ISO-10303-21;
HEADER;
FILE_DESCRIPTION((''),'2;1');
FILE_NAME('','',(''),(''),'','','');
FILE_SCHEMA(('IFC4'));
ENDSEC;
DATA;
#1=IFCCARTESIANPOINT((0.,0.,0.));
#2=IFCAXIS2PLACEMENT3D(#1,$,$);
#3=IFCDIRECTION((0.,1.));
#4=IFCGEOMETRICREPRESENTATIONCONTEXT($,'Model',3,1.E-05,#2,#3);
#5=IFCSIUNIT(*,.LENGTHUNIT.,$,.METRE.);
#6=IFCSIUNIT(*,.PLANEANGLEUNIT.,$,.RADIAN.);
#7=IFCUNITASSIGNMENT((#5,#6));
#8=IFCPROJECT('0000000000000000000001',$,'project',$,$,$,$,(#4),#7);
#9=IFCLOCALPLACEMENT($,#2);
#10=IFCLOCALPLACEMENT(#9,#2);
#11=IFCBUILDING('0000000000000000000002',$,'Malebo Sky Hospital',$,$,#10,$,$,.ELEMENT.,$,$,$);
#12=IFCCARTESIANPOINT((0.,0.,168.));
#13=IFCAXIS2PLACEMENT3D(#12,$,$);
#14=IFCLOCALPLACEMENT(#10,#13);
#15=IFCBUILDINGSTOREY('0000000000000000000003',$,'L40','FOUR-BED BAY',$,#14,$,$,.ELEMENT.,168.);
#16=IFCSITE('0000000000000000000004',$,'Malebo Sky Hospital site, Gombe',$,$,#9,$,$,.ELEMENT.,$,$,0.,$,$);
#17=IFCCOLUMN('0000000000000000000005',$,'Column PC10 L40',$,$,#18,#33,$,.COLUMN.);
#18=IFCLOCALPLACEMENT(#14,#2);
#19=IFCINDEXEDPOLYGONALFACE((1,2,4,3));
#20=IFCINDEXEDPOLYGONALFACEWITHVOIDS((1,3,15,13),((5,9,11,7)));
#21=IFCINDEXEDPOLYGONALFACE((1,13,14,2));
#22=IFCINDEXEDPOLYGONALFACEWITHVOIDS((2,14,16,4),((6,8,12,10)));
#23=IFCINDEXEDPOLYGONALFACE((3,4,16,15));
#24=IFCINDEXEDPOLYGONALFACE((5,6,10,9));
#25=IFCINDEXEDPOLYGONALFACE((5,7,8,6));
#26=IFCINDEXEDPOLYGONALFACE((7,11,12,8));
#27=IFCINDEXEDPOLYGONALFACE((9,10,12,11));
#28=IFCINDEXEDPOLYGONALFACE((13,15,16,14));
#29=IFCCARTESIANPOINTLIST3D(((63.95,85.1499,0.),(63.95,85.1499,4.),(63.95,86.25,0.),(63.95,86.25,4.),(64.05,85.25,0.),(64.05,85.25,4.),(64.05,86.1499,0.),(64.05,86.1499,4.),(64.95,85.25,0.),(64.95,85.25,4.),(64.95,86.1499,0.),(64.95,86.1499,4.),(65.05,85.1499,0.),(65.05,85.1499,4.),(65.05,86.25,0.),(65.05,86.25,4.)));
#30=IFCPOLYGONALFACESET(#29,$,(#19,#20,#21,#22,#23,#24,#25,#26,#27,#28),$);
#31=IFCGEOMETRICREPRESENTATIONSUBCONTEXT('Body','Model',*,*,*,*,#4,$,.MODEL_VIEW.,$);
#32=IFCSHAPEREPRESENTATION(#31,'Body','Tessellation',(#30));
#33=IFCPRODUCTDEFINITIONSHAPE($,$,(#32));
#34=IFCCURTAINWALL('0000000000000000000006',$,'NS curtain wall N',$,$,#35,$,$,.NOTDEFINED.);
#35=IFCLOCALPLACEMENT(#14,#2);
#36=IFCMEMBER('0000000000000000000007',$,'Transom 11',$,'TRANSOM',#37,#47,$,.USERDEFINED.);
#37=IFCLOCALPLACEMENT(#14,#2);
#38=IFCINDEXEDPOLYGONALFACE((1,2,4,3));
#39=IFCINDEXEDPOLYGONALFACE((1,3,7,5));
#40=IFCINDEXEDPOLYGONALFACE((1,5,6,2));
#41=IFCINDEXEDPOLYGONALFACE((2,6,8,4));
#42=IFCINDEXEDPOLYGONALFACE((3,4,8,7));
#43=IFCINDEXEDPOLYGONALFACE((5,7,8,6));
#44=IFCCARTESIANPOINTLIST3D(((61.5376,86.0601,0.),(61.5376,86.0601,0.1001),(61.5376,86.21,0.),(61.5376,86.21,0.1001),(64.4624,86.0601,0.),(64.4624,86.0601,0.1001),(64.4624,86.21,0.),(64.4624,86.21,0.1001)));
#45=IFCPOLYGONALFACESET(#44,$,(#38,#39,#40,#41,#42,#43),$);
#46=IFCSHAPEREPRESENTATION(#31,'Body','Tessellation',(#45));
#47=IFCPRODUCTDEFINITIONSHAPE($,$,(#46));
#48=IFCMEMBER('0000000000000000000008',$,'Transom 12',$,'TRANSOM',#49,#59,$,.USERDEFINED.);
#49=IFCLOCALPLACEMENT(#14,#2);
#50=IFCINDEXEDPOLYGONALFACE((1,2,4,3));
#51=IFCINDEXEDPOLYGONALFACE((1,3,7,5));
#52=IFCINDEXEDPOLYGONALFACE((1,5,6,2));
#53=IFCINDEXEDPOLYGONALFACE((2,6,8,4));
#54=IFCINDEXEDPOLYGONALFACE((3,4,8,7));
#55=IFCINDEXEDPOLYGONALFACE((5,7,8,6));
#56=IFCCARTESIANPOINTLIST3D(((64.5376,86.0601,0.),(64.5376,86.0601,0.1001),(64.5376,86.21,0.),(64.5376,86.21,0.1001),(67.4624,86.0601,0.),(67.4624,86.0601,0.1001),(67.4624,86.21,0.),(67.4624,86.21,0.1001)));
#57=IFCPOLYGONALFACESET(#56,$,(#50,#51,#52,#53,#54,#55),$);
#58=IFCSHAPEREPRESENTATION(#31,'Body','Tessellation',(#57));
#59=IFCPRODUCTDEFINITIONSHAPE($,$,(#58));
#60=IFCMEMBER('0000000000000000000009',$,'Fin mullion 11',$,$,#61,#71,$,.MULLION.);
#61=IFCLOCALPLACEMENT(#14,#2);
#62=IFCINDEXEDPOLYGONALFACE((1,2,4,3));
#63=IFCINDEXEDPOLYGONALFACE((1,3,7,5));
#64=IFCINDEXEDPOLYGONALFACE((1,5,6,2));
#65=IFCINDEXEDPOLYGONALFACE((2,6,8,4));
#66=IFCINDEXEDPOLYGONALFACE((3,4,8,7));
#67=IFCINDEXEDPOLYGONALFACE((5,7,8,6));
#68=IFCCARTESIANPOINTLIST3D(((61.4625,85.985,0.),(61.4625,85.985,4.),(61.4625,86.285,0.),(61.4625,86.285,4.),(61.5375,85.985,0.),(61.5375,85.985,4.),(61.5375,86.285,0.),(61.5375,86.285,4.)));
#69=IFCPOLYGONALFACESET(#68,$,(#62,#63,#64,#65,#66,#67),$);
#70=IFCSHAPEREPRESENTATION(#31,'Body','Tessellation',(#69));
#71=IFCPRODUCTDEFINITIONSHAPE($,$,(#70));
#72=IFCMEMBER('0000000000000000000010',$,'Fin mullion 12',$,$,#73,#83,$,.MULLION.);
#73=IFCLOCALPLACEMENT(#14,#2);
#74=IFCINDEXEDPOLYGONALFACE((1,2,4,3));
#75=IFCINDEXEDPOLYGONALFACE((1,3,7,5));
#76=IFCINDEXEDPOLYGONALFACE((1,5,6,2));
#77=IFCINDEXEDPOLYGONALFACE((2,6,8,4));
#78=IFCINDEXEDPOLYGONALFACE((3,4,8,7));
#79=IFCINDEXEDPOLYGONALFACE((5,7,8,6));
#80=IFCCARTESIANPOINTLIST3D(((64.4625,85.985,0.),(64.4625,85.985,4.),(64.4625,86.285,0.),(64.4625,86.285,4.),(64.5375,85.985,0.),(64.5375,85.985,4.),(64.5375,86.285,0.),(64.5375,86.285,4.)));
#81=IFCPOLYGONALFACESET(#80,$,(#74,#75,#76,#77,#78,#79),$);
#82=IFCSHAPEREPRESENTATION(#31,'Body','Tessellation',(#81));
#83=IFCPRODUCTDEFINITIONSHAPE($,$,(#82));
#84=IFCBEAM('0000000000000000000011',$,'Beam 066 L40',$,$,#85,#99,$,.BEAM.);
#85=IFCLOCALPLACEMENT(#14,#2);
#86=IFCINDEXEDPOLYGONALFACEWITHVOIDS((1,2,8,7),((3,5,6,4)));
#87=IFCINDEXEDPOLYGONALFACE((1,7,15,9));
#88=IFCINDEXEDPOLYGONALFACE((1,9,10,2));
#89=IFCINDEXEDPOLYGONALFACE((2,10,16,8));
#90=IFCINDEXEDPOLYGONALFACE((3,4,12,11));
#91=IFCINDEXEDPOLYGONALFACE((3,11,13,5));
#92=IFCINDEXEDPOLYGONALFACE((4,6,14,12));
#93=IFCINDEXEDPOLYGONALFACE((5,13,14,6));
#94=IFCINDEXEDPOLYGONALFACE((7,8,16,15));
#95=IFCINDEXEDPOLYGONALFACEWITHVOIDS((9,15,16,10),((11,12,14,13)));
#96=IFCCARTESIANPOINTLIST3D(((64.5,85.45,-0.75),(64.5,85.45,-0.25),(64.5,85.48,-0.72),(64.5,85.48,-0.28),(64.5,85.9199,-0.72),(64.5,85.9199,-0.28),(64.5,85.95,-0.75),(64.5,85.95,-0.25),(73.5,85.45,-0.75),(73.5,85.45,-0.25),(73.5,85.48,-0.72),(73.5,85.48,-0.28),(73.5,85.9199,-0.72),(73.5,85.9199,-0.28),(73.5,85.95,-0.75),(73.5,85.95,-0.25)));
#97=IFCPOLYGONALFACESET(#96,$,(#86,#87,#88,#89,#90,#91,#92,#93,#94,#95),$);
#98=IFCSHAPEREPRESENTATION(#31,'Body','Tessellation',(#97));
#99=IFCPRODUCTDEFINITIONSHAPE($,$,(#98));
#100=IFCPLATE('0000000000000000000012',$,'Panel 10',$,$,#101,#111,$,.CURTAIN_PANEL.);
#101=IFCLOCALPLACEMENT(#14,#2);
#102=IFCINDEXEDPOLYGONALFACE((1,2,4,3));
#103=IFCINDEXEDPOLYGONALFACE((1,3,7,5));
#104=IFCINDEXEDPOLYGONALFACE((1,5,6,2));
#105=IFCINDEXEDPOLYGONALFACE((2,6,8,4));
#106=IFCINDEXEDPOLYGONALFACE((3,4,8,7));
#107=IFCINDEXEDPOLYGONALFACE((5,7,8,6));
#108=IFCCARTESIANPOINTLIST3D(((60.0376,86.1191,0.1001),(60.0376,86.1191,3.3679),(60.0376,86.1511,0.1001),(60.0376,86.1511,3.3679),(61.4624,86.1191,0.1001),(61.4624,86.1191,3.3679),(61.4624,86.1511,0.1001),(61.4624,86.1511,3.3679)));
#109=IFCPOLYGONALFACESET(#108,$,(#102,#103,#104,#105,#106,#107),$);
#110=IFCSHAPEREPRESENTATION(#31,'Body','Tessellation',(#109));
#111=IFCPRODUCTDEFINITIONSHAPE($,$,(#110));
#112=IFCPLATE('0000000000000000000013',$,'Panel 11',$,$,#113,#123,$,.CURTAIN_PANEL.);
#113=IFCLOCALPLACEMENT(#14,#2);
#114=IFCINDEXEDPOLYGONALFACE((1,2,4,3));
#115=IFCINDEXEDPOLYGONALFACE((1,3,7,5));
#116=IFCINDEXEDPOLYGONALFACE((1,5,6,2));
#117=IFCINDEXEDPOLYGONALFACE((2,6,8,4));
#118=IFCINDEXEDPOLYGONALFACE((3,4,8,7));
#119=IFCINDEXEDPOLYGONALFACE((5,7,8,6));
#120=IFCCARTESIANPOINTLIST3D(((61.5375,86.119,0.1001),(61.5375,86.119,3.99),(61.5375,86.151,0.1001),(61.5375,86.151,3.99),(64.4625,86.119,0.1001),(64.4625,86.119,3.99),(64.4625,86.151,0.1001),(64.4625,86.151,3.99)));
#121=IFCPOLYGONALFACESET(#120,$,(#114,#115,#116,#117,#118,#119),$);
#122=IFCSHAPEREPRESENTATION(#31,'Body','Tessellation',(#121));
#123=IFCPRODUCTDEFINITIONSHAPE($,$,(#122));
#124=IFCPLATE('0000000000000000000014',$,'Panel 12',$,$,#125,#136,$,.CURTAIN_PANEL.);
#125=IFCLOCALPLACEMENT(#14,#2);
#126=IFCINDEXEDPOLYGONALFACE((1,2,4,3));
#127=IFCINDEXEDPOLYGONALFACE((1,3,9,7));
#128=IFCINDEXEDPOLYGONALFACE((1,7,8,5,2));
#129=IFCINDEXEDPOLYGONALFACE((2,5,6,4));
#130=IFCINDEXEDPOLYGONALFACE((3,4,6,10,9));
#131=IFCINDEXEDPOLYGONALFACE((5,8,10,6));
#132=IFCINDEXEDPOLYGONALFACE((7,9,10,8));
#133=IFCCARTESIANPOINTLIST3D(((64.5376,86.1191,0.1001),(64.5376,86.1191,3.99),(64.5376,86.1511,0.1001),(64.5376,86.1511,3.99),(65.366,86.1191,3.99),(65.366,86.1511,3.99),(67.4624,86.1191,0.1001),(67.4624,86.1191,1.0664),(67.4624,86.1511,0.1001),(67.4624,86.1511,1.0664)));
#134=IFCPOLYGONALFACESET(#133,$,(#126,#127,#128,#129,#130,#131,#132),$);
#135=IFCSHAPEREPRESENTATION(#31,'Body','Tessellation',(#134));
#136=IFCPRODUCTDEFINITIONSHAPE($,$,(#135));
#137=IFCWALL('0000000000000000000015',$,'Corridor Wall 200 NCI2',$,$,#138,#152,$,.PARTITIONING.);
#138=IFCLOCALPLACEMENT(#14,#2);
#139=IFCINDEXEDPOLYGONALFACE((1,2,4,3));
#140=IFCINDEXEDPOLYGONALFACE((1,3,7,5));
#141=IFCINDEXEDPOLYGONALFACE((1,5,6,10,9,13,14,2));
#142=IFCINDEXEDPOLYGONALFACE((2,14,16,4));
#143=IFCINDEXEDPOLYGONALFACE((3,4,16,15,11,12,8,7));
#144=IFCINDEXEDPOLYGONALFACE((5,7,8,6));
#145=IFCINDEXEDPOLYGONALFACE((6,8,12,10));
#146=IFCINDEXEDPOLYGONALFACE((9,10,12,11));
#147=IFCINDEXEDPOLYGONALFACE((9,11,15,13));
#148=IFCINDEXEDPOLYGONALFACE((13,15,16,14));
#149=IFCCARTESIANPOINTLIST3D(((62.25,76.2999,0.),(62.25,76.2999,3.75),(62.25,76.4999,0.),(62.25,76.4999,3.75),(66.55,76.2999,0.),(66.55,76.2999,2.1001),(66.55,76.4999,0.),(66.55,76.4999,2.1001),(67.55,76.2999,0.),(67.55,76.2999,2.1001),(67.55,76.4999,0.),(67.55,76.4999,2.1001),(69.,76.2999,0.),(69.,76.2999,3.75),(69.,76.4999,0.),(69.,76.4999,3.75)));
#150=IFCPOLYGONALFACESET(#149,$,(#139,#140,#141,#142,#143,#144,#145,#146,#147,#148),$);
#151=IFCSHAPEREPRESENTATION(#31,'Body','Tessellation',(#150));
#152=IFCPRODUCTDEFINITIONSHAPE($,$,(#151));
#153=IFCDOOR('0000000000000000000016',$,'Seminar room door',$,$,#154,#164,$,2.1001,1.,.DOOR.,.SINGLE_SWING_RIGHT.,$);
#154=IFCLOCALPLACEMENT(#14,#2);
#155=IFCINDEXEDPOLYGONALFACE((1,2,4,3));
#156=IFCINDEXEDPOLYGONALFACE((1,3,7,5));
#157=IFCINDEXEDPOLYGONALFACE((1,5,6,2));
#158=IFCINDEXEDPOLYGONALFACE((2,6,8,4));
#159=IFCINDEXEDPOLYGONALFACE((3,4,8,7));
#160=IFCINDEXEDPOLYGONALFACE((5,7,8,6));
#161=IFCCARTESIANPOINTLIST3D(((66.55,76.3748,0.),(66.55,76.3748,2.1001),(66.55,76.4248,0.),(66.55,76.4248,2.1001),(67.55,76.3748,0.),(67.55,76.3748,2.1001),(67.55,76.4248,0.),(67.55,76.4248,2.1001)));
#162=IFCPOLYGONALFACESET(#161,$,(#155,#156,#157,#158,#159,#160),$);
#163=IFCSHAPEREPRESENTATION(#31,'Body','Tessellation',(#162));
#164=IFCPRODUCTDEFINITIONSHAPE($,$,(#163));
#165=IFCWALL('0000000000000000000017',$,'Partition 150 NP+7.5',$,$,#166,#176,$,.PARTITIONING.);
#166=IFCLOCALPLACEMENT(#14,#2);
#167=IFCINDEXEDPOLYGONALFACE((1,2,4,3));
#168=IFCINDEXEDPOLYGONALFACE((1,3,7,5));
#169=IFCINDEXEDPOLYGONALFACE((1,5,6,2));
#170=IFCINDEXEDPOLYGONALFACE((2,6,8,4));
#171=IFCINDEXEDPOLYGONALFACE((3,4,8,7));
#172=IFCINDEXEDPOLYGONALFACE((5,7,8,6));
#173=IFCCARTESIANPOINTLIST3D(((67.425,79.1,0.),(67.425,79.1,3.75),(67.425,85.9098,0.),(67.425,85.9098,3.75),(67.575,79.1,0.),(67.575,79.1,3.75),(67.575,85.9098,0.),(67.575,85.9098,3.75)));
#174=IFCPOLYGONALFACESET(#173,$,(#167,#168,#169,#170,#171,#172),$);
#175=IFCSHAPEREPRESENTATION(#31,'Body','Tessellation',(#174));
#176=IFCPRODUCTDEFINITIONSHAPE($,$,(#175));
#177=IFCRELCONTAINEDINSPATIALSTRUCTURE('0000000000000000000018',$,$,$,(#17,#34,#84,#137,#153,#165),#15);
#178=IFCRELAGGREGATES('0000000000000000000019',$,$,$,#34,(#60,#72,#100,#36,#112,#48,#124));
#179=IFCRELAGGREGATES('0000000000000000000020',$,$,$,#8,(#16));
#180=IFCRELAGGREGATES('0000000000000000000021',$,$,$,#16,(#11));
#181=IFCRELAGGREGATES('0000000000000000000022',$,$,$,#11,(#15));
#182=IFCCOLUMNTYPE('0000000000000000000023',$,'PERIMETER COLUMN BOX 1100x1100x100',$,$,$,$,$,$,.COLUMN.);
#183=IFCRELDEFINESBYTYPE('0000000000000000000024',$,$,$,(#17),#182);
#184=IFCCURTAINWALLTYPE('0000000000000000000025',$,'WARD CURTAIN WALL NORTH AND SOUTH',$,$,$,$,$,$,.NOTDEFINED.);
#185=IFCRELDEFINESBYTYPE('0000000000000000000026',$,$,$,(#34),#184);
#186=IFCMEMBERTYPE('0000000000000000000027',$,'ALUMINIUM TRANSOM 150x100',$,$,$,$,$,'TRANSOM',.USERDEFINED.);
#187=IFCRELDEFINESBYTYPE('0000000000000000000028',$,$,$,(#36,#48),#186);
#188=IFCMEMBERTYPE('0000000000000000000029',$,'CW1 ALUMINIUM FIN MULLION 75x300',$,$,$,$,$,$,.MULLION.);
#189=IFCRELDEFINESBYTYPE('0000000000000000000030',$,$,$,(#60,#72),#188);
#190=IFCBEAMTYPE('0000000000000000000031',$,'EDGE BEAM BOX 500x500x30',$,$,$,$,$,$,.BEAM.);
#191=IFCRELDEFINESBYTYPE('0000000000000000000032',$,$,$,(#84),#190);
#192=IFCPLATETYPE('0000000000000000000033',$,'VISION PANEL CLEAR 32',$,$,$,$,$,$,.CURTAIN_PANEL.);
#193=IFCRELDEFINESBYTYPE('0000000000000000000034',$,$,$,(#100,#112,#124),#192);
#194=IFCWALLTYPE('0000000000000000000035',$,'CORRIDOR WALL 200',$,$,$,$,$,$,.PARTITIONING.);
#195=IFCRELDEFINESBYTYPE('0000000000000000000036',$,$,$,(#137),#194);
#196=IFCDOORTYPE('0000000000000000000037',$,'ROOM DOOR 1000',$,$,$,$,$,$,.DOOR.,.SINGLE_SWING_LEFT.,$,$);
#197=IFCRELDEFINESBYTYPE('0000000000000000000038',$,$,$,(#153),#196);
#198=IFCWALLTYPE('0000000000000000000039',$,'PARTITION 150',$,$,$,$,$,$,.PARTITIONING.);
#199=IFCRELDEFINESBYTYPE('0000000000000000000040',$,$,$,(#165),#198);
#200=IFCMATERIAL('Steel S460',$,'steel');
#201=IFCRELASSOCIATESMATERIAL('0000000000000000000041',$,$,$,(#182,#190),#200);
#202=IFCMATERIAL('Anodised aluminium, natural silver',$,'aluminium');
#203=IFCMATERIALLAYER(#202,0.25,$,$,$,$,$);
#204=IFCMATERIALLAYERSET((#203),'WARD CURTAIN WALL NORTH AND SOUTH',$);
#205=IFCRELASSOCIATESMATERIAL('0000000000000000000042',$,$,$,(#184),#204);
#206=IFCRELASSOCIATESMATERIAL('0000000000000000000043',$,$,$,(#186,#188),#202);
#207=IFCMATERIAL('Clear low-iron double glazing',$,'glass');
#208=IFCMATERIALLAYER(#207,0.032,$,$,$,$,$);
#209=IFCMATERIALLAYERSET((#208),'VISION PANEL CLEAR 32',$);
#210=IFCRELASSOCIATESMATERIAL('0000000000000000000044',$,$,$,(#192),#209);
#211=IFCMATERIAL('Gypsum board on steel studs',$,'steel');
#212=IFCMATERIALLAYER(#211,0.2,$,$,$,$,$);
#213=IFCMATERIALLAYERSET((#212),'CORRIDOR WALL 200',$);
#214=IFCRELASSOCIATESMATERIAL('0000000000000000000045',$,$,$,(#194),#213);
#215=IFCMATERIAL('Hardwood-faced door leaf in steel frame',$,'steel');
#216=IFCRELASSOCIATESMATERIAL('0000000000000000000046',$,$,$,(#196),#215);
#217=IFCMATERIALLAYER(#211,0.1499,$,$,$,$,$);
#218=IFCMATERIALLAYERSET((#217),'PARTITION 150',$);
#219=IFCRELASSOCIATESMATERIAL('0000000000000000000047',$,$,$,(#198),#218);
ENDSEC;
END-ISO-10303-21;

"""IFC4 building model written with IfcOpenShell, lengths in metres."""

from ifc_helpers import new_model, si_unit, direction, frame, frame_2d, origin, origin_2d, place, context, subcontext, project, spatial, polyline, rectangle, hollow_rectangle, outline, extrude, material, layer, layer_set, material_profile, profile_set, type_object, element, fill, aggregate, save


model = new_model("IFC4")

# Units and contexts
model_context = context("Model", 3, precision=1e-05, world=origin(), true_north=direction((0.0, 1.0)))
body_context = subcontext(model_context, "Body", "Model", "MODEL_VIEW")
ifc_project = project(units=[si_unit("LENGTHUNIT", "METRE"), si_unit("PLANEANGLEUNIT", "RADIAN")], contexts=[model_context])

# Site, building, storey
site_placement = place(None, origin())
site = spatial("IfcSite", under=ifc_project, at=site_placement, Name="Malebo Sky Hospital site, Gombe", CompositionType="ELEMENT", RefElevation=0.0)
building_placement = place(site_placement, origin())
building = spatial("IfcBuilding", under=site, at=building_placement, Name="Malebo Sky Hospital", CompositionType="ELEMENT")
storey_placement = place(building_placement, frame((0.0, 0.0, 168.0)))
storey = spatial("IfcBuildingStorey", under=building, at=storey_placement, Name="L40", Description="FOUR-BED BAY", CompositionType="ELEMENT", Elevation=168.0)

# Column
ifc_material_1 = material(Name="Steel S460", Category="steel")
ifc_material_profile_1 = material_profile(ifc_material_1, hollow_rectangle(XDim=1.1001, YDim=1.1001, WallThickness=0.1001, at=origin_2d()), Name="BOX 1100x1100x100")
ifc_profile_set_1 = profile_set([ifc_material_profile_1], Name="Steel S460")
column_type = type_object("IfcColumnType", Name="PERIMETER COLUMN BOX 1100x1100x100", PredefinedType="COLUMN", material=ifc_profile_set_1)
column_placement = place(storey_placement, frame((64.5, 85.7, 0.0), z_axis=(0.0, 0.0, 1.0), x_axis=(1.0, 0.0, 0.0)))
element("IfcColumn", 1, at=column_placement, inside=storey, type_object=column_type, Name="Column PC10 L40", PredefinedType="COLUMN", context=body_context, shape_type="SweptSolid", body=[
    extrude(hollow_rectangle(XDim=1.1001, YDim=1.1001, WallThickness=0.1001, at=origin_2d()), origin(), (0.0, 0.0, 1.0), 4.0),
])

# Curtain wall, members
ifc_material_2 = material(Name="Anodised aluminium, natural silver", Category="aluminium")
ifc_layer_1 = layer(ifc_material_2, 0.25)
ifc_layer_set_1 = layer_set([ifc_layer_1], Name="WARD CURTAIN WALL NORTH AND SOUTH")
curtain_wall_type = type_object("IfcCurtainWallType", Name="WARD CURTAIN WALL NORTH AND SOUTH", PredefinedType="NOTDEFINED", material=ifc_layer_set_1)
curtain_wall_placement = place(storey_placement, origin())
curtain_wall = element("IfcCurtainWall", 2, at=curtain_wall_placement, inside=storey, type_object=curtain_wall_type, Name="NS curtain wall N", PredefinedType="NOTDEFINED")
ifc_material_profile_2 = material_profile(ifc_material_2, rectangle(XDim=0.1499, YDim=0.1001, at=origin_2d()), Name="ALUMINIUM TRANSOM 150x100")
ifc_profile_set_2 = profile_set([ifc_material_profile_2], Name="Anodised aluminium, natural silver")
member_type_1 = type_object("IfcMemberType", Name="ALUMINIUM TRANSOM 150x100", ElementType="TRANSOM", PredefinedType="USERDEFINED", material=ifc_profile_set_2)
member_1_placement = place(storey_placement, frame((61.5376, 86.135, 0.05), z_axis=(1.0, 0.0, 0.0), x_axis=(0.0, 1.0, 0.0)))
member_1 = element("IfcMember", 3, at=member_1_placement, type_object=member_type_1, Name="Transom 11", ObjectType="TRANSOM", PredefinedType="USERDEFINED", context=body_context, shape_type="SweptSolid", body=[
    extrude(rectangle(XDim=0.1499, YDim=0.1001, at=origin_2d()), origin(), (0.0, 0.0, 1.0), 2.9248),
])
member_2_placement = place(storey_placement, frame((64.5376, 86.135, 0.05), z_axis=(1.0, 0.0, 0.0), x_axis=(0.0, 1.0, 0.0)))
member_2 = element("IfcMember", 4, at=member_2_placement, type_object=member_type_1, Name="Transom 12", ObjectType="TRANSOM", PredefinedType="USERDEFINED", context=body_context, shape_type="SweptSolid", body=[
    extrude(rectangle(XDim=0.1499, YDim=0.1001, at=origin_2d()), origin(), (0.0, 0.0, 1.0), 2.9248),
])
ifc_material_profile_3 = material_profile(ifc_material_2, rectangle(XDim=0.075, YDim=0.3, at=origin_2d()), Name="CW1 ALUMINIUM FIN MULLION 75x300")
ifc_profile_set_3 = profile_set([ifc_material_profile_3], Name="Anodised aluminium, natural silver")
member_type_2 = type_object("IfcMemberType", Name="CW1 ALUMINIUM FIN MULLION 75x300", PredefinedType="MULLION", material=ifc_profile_set_3)
member_3_placement = place(storey_placement, frame((61.5, 86.135, 0.0), z_axis=(0.0, 0.0, 1.0), x_axis=(1.0, 0.0, 0.0)))
member_3 = element("IfcMember", 5, at=member_3_placement, type_object=member_type_2, Name="Fin mullion 11", PredefinedType="MULLION", context=body_context, shape_type="SweptSolid", body=[
    extrude(rectangle(XDim=0.075, YDim=0.3, at=origin_2d()), origin(), (0.0, 0.0, 1.0), 4.0),
])
member_4_placement = place(storey_placement, frame((64.5, 86.135, 0.0), z_axis=(0.0, 0.0, 1.0), x_axis=(1.0, 0.0, 0.0)))
member_4 = element("IfcMember", 6, at=member_4_placement, type_object=member_type_2, Name="Fin mullion 12", PredefinedType="MULLION", context=body_context, shape_type="SweptSolid", body=[
    extrude(rectangle(XDim=0.075, YDim=0.3, at=origin_2d()), origin(), (0.0, 0.0, 1.0), 4.0),
])

# Beam
ifc_material_profile_4 = material_profile(ifc_material_1, hollow_rectangle(XDim=0.5, YDim=0.5, WallThickness=0.03, at=origin_2d()), Name="BOX 500x500x30")
ifc_profile_set_4 = profile_set([ifc_material_profile_4], Name="Steel S460")
beam_type = type_object("IfcBeamType", Name="EDGE BEAM BOX 500x500x30", PredefinedType="BEAM", material=ifc_profile_set_4)
beam_placement = place(storey_placement, frame((64.5, 85.7, -0.5), z_axis=(1.0, 0.0, 0.0), x_axis=(0.0, 1.0, 0.0)))
element("IfcBeam", 7, at=beam_placement, inside=storey, type_object=beam_type, Name="Beam 066 L40", PredefinedType="BEAM", context=body_context, shape_type="SweptSolid", body=[
    extrude(hollow_rectangle(XDim=0.5, YDim=0.5, WallThickness=0.03, at=origin_2d()), origin(), (0.0, 0.0, 1.0), 9.0),
])

# Plates
ifc_material_3 = material(Name="Clear low-iron double glazing", Category="glass")
ifc_layer_2 = layer(ifc_material_3, 0.032)
ifc_layer_set_2 = layer_set([ifc_layer_2], Name="VISION PANEL CLEAR 32")
plate_type = type_object("IfcPlateType", Name="VISION PANEL CLEAR 32", PredefinedType="CURTAIN_PANEL", material=ifc_layer_set_2)
plate_1_placement = place(storey_placement, frame((60.75, 86.135, 0.1001), z_axis=(0.0, 0.0, 1.0), x_axis=(1.0, 0.0, 0.0)))
plate_1 = element("IfcPlate", 8, at=plate_1_placement, type_object=plate_type, Name="Panel 10", PredefinedType="CURTAIN_PANEL", context=body_context, shape_type="SweptSolid", body=[
    extrude(outline(polyline([(-0.7124, 0.0), (0.7124, 0.0), (0.7124, 3.2678), (-0.7124, 3.2678), (-0.7124, 0.0)])), frame((0.0, 0.0161, 0.0), z_axis=(0.0, -1.0, 0.0), x_axis=(1.0, 0.0, 0.0)), (0.0, 0.0, 1.0), 0.032),
])
plate_2_placement = place(storey_placement, frame((63.0, 86.135, 0.1001), z_axis=(0.0, 0.0, 1.0), x_axis=(1.0, 0.0, 0.0)))
plate_2 = element("IfcPlate", 9, at=plate_2_placement, type_object=plate_type, Name="Panel 11", PredefinedType="CURTAIN_PANEL", context=body_context, shape_type="SweptSolid", body=[
    extrude(rectangle(XDim=2.925, YDim=0.032, at=origin_2d()), origin(), (0.0, 0.0, 1.0), 3.8899),
])
plate_3_placement = place(storey_placement, frame((66.0, 86.135, 0.1001), z_axis=(0.0, 0.0, 1.0), x_axis=(1.0, 0.0, 0.0)))
plate_3 = element("IfcPlate", 10, at=plate_3_placement, type_object=plate_type, Name="Panel 12", PredefinedType="CURTAIN_PANEL", context=body_context, shape_type="SweptSolid", body=[
    extrude(outline(polyline([(-1.4624, 0.0), (1.4624, 0.0), (1.4624, 0.9663), (-0.634, 3.8899), (-1.4624, 3.8899), (-1.4624, 0.0)])), frame((0.0, 0.0161, 0.0), z_axis=(0.0, -1.0, 0.0), x_axis=(1.0, 0.0, 0.0)), (0.0, 0.0, 1.0), 0.032),
])
aggregate(curtain_wall, [member_3, member_4, plate_1, member_1, plate_2, member_2, plate_3])

# Wall, opening, door
ifc_material_4 = material(Name="Gypsum board on steel studs", Category="steel")
ifc_layer_3 = layer(ifc_material_4, 0.2)
ifc_layer_set_3 = layer_set([ifc_layer_3], Name="CORRIDOR WALL 200")
wall_type_1 = type_object("IfcWallType", Name="CORRIDOR WALL 200", PredefinedType="PARTITIONING", material=ifc_layer_set_3)
wall_1_placement = place(storey_placement, frame((62.25, 76.3999, 0.0), z_axis=(0.0, 0.0, 1.0), x_axis=(1.0, 0.0, 0.0)))
wall_1 = element("IfcWall", 11, at=wall_1_placement, inside=storey, type_object=wall_type_1, Name="Corridor Wall 200 NCI2", PredefinedType="PARTITIONING", context=body_context, shape_type="SweptSolid", body=[
    extrude(rectangle(XDim=6.75, YDim=0.2, at=frame_2d((3.375, 0.0))), origin(), (0.0, 0.0, 1.0), 3.75),
])
opening_1_placement = place(wall_1_placement, frame((4.3, 0.0, 0.0)))
opening_1 = element("IfcOpeningElement", 12, at=opening_1_placement, cuts=wall_1, PredefinedType="OPENING", context=body_context, shape_type="SweptSolid", body=[
    extrude(rectangle(XDim=1.0, YDim=2.1001, at=frame_2d((0.5, 1.05))), frame((0.0, 0.1099, 0.0), z_axis=(0.0, -1.0, 0.0), x_axis=(1.0, 0.0, 0.0)), (0.0, 0.0, 1.0), 0.22),
])
ifc_material_5 = material(Name="Hardwood-faced door leaf in steel frame", Category="steel")
door_type_1 = type_object("IfcDoorType", Name="ROOM DOOR 1000", OperationType="SINGLE_SWING_LEFT", PredefinedType="DOOR", material=ifc_material_5)
door_1_placement = place(opening_1_placement, origin())
door_1 = element("IfcDoor", 13, at=door_1_placement, inside=storey, type_object=door_type_1, Name="Seminar room door", OperationType="SINGLE_SWING_RIGHT", OverallHeight=2.1001, OverallWidth=1.0, PredefinedType="DOOR", context=body_context, shape_type="SweptSolid", body=[
    extrude(rectangle(XDim=1.0, YDim=2.1001, at=frame_2d((0.5, 1.05))), frame((0.0, 0.0249, 0.0), z_axis=(0.0, -1.0, 0.0), x_axis=(1.0, 0.0, 0.0)), (0.0, 0.0, 1.0), 0.05),
])
fill(opening_1, door_1)

# Wall
ifc_layer_4 = layer(ifc_material_4, 0.1499)
ifc_layer_set_4 = layer_set([ifc_layer_4], Name="PARTITION 150")
wall_type_2 = type_object("IfcWallType", Name="PARTITION 150", PredefinedType="PARTITIONING", material=ifc_layer_set_4)
wall_2_placement = place(storey_placement, frame((67.5, 79.1001, 0.0), z_axis=(0.0, 0.0, 1.0), x_axis=(0.0, 1.0, 0.0)))
element("IfcWall", 14, at=wall_2_placement, inside=storey, type_object=wall_type_2, Name="Partition 150 NP+7.5", PredefinedType="PARTITIONING", context=body_context, shape_type="SweptSolid", body=[
    extrude(rectangle(XDim=6.8098, YDim=0.1499, at=frame_2d((3.4048, 0.0))), origin(), (0.0, 0.0, 1.0), 3.75),
])

save(model, "model.ifc")
